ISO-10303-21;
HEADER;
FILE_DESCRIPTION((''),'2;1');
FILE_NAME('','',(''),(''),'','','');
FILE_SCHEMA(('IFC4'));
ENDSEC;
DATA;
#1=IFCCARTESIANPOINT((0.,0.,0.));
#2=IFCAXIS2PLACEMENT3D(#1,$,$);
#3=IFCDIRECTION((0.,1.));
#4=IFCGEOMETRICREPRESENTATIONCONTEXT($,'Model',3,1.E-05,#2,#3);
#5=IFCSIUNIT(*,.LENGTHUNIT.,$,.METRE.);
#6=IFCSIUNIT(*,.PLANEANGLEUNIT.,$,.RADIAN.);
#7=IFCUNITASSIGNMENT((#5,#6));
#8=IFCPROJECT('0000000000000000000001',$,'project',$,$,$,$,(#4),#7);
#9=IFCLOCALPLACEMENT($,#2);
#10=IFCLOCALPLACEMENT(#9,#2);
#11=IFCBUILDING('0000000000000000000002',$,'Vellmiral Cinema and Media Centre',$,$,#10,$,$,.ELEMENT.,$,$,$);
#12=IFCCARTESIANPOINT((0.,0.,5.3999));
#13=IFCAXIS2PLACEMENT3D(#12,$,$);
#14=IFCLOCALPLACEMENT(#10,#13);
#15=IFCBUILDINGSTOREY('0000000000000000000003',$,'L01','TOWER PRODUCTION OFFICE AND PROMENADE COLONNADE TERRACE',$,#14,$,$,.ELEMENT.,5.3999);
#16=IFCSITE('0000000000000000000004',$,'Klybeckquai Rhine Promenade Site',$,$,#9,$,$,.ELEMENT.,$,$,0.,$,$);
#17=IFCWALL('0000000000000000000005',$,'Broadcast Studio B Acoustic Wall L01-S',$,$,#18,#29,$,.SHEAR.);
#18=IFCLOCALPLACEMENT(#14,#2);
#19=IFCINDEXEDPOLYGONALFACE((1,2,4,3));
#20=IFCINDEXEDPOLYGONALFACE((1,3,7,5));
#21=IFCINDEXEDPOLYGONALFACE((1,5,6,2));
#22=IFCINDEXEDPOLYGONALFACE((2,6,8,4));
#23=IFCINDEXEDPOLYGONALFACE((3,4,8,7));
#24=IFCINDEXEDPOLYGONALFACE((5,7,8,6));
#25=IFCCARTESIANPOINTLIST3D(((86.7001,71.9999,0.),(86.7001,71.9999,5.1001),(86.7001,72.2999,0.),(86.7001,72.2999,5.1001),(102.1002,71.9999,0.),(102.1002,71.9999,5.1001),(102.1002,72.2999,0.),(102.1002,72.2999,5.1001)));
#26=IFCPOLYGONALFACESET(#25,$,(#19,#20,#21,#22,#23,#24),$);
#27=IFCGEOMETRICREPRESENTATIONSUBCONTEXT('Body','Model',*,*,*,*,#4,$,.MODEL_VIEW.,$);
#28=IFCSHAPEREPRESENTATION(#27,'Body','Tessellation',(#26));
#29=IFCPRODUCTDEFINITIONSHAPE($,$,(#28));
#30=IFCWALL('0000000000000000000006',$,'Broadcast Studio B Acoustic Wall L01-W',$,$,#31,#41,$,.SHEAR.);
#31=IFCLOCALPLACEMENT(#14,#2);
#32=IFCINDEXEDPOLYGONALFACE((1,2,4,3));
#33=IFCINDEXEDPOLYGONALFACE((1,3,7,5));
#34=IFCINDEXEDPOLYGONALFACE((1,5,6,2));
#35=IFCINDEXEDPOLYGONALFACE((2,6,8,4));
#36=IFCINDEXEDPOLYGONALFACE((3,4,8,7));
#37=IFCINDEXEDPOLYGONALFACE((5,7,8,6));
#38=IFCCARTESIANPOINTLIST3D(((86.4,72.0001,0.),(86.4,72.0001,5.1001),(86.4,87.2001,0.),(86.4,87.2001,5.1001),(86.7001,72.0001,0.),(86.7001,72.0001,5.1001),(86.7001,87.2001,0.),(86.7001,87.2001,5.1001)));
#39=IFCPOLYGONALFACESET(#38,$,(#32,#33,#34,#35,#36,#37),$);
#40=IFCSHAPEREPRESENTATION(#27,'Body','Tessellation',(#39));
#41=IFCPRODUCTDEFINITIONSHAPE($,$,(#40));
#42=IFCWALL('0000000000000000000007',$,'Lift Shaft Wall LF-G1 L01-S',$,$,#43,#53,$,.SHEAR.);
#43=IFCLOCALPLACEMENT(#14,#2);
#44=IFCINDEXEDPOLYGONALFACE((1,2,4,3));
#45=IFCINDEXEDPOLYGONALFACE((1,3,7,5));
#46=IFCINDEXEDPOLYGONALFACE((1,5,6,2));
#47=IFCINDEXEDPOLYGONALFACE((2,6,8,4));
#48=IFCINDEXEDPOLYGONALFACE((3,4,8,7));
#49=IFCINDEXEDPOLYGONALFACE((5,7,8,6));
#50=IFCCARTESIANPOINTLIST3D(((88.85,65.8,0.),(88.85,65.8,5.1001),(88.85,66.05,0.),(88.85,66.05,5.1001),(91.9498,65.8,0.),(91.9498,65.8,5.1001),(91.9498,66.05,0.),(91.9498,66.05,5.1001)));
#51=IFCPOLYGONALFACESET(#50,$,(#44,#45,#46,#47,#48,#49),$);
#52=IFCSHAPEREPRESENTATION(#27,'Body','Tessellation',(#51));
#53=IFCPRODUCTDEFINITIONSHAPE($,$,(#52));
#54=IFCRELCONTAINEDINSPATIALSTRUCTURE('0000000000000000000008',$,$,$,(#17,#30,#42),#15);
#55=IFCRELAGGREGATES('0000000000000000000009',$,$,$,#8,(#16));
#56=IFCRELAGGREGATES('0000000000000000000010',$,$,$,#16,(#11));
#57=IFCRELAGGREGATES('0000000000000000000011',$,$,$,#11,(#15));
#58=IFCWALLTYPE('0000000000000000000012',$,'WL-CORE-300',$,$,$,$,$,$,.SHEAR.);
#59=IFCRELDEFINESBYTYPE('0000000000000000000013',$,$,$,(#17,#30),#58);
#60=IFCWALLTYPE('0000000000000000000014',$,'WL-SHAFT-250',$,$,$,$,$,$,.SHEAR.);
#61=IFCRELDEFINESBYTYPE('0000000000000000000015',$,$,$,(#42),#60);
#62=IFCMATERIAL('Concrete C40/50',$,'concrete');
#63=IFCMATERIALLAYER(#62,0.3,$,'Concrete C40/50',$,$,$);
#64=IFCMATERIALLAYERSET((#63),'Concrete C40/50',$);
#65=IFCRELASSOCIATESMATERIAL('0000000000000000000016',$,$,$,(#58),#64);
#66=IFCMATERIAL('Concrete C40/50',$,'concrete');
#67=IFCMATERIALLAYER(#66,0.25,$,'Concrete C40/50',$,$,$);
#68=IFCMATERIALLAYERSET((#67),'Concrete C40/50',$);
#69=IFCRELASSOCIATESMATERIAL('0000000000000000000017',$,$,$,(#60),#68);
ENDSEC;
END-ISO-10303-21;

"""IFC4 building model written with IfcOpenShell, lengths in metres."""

from ifc_helpers import new_model, si_unit, direction, frame, frame_2d, origin, place, context, subcontext, project, spatial, rectangle, extrude, material, layer, layer_set, type_object, element, save


model = new_model("IFC4")

# Units and contexts
model_context = context("Model", 3, precision=1e-05, world=origin(), true_north=direction((0.0, 1.0)))
body_context = subcontext(model_context, "Body", "Model", "MODEL_VIEW")
ifc_project = project(units=[si_unit("LENGTHUNIT", "METRE"), si_unit("PLANEANGLEUNIT", "RADIAN")], contexts=[model_context])

# Site, building, storey
site_placement = place(None, origin())
site = spatial("IfcSite", under=ifc_project, at=site_placement, Name="Klybeckquai Rhine Promenade Site", CompositionType="ELEMENT", RefElevation=0.0)
building_placement = place(site_placement, origin())
building = spatial("IfcBuilding", under=site, at=building_placement, Name="Vellmiral Cinema and Media Centre", CompositionType="ELEMENT")
storey_placement = place(building_placement, frame((0.0, 0.0, 5.3999)))
storey = spatial("IfcBuildingStorey", under=building, at=storey_placement, Name="L01", Description="TOWER PRODUCTION OFFICE AND PROMENADE COLONNADE TERRACE", CompositionType="ELEMENT", Elevation=5.3999)

# Walls
ifc_material_1 = material(Name="Concrete C40/50", Category="concrete")
ifc_layer_1 = layer(ifc_material_1, 0.3, Name="Concrete C40/50")
ifc_layer_set_1 = layer_set([ifc_layer_1], Name="Concrete C40/50")
wall_type_1 = type_object("IfcWallType", Name="WL-CORE-300", PredefinedType="SHEAR", material=ifc_layer_set_1)
wall_1_placement = place(storey_placement, frame((86.7, 72.1499, 0.0), z_axis=(0.0, 0.0, 1.0), x_axis=(1.0, 0.0, 0.0)))
element("IfcWall", 1, at=wall_1_placement, inside=storey, type_object=wall_type_1, Name="Broadcast Studio B Acoustic Wall L01-S", PredefinedType="SHEAR", context=body_context, shape_type="SweptSolid", body=[
    extrude(rectangle(XDim=15.4001, YDim=0.3, at=frame_2d((7.7002, 0.0))), origin(), (0.0, 0.0, 1.0), 5.1001),
])
wall_2_placement = place(storey_placement, frame((86.55, 72.0, 0.0), z_axis=(0.0, 0.0, 1.0), x_axis=(0.0, 1.0, 0.0)))
element("IfcWall", 2, at=wall_2_placement, inside=storey, type_object=wall_type_1, Name="Broadcast Studio B Acoustic Wall L01-W", PredefinedType="SHEAR", context=body_context, shape_type="SweptSolid", body=[
    extrude(rectangle(XDim=15.2, YDim=0.3, at=frame_2d((7.6001, 0.0))), origin(), (0.0, 0.0, 1.0), 5.1001),
])
ifc_material_2 = material(Name="Concrete C40/50", Category="concrete")
ifc_layer_2 = layer(ifc_material_2, 0.25, Name="Concrete C40/50")
ifc_layer_set_2 = layer_set([ifc_layer_2], Name="Concrete C40/50")
wall_type_2 = type_object("IfcWallType", Name="WL-SHAFT-250", PredefinedType="SHEAR", material=ifc_layer_set_2)
wall_3_placement = place(storey_placement, frame((88.8501, 65.925, 0.0), z_axis=(0.0, 0.0, 1.0), x_axis=(1.0, 0.0, 0.0)))
element("IfcWall", 3, at=wall_3_placement, inside=storey, type_object=wall_type_2, Name="Lift Shaft Wall LF-G1 L01-S", PredefinedType="SHEAR", context=body_context, shape_type="SweptSolid", body=[
    extrude(rectangle(XDim=3.0999, YDim=0.25, at=frame_2d((1.5498, 0.0))), origin(), (0.0, 0.0, 1.0), 5.1001),
])

save(model, "model.ifc")
